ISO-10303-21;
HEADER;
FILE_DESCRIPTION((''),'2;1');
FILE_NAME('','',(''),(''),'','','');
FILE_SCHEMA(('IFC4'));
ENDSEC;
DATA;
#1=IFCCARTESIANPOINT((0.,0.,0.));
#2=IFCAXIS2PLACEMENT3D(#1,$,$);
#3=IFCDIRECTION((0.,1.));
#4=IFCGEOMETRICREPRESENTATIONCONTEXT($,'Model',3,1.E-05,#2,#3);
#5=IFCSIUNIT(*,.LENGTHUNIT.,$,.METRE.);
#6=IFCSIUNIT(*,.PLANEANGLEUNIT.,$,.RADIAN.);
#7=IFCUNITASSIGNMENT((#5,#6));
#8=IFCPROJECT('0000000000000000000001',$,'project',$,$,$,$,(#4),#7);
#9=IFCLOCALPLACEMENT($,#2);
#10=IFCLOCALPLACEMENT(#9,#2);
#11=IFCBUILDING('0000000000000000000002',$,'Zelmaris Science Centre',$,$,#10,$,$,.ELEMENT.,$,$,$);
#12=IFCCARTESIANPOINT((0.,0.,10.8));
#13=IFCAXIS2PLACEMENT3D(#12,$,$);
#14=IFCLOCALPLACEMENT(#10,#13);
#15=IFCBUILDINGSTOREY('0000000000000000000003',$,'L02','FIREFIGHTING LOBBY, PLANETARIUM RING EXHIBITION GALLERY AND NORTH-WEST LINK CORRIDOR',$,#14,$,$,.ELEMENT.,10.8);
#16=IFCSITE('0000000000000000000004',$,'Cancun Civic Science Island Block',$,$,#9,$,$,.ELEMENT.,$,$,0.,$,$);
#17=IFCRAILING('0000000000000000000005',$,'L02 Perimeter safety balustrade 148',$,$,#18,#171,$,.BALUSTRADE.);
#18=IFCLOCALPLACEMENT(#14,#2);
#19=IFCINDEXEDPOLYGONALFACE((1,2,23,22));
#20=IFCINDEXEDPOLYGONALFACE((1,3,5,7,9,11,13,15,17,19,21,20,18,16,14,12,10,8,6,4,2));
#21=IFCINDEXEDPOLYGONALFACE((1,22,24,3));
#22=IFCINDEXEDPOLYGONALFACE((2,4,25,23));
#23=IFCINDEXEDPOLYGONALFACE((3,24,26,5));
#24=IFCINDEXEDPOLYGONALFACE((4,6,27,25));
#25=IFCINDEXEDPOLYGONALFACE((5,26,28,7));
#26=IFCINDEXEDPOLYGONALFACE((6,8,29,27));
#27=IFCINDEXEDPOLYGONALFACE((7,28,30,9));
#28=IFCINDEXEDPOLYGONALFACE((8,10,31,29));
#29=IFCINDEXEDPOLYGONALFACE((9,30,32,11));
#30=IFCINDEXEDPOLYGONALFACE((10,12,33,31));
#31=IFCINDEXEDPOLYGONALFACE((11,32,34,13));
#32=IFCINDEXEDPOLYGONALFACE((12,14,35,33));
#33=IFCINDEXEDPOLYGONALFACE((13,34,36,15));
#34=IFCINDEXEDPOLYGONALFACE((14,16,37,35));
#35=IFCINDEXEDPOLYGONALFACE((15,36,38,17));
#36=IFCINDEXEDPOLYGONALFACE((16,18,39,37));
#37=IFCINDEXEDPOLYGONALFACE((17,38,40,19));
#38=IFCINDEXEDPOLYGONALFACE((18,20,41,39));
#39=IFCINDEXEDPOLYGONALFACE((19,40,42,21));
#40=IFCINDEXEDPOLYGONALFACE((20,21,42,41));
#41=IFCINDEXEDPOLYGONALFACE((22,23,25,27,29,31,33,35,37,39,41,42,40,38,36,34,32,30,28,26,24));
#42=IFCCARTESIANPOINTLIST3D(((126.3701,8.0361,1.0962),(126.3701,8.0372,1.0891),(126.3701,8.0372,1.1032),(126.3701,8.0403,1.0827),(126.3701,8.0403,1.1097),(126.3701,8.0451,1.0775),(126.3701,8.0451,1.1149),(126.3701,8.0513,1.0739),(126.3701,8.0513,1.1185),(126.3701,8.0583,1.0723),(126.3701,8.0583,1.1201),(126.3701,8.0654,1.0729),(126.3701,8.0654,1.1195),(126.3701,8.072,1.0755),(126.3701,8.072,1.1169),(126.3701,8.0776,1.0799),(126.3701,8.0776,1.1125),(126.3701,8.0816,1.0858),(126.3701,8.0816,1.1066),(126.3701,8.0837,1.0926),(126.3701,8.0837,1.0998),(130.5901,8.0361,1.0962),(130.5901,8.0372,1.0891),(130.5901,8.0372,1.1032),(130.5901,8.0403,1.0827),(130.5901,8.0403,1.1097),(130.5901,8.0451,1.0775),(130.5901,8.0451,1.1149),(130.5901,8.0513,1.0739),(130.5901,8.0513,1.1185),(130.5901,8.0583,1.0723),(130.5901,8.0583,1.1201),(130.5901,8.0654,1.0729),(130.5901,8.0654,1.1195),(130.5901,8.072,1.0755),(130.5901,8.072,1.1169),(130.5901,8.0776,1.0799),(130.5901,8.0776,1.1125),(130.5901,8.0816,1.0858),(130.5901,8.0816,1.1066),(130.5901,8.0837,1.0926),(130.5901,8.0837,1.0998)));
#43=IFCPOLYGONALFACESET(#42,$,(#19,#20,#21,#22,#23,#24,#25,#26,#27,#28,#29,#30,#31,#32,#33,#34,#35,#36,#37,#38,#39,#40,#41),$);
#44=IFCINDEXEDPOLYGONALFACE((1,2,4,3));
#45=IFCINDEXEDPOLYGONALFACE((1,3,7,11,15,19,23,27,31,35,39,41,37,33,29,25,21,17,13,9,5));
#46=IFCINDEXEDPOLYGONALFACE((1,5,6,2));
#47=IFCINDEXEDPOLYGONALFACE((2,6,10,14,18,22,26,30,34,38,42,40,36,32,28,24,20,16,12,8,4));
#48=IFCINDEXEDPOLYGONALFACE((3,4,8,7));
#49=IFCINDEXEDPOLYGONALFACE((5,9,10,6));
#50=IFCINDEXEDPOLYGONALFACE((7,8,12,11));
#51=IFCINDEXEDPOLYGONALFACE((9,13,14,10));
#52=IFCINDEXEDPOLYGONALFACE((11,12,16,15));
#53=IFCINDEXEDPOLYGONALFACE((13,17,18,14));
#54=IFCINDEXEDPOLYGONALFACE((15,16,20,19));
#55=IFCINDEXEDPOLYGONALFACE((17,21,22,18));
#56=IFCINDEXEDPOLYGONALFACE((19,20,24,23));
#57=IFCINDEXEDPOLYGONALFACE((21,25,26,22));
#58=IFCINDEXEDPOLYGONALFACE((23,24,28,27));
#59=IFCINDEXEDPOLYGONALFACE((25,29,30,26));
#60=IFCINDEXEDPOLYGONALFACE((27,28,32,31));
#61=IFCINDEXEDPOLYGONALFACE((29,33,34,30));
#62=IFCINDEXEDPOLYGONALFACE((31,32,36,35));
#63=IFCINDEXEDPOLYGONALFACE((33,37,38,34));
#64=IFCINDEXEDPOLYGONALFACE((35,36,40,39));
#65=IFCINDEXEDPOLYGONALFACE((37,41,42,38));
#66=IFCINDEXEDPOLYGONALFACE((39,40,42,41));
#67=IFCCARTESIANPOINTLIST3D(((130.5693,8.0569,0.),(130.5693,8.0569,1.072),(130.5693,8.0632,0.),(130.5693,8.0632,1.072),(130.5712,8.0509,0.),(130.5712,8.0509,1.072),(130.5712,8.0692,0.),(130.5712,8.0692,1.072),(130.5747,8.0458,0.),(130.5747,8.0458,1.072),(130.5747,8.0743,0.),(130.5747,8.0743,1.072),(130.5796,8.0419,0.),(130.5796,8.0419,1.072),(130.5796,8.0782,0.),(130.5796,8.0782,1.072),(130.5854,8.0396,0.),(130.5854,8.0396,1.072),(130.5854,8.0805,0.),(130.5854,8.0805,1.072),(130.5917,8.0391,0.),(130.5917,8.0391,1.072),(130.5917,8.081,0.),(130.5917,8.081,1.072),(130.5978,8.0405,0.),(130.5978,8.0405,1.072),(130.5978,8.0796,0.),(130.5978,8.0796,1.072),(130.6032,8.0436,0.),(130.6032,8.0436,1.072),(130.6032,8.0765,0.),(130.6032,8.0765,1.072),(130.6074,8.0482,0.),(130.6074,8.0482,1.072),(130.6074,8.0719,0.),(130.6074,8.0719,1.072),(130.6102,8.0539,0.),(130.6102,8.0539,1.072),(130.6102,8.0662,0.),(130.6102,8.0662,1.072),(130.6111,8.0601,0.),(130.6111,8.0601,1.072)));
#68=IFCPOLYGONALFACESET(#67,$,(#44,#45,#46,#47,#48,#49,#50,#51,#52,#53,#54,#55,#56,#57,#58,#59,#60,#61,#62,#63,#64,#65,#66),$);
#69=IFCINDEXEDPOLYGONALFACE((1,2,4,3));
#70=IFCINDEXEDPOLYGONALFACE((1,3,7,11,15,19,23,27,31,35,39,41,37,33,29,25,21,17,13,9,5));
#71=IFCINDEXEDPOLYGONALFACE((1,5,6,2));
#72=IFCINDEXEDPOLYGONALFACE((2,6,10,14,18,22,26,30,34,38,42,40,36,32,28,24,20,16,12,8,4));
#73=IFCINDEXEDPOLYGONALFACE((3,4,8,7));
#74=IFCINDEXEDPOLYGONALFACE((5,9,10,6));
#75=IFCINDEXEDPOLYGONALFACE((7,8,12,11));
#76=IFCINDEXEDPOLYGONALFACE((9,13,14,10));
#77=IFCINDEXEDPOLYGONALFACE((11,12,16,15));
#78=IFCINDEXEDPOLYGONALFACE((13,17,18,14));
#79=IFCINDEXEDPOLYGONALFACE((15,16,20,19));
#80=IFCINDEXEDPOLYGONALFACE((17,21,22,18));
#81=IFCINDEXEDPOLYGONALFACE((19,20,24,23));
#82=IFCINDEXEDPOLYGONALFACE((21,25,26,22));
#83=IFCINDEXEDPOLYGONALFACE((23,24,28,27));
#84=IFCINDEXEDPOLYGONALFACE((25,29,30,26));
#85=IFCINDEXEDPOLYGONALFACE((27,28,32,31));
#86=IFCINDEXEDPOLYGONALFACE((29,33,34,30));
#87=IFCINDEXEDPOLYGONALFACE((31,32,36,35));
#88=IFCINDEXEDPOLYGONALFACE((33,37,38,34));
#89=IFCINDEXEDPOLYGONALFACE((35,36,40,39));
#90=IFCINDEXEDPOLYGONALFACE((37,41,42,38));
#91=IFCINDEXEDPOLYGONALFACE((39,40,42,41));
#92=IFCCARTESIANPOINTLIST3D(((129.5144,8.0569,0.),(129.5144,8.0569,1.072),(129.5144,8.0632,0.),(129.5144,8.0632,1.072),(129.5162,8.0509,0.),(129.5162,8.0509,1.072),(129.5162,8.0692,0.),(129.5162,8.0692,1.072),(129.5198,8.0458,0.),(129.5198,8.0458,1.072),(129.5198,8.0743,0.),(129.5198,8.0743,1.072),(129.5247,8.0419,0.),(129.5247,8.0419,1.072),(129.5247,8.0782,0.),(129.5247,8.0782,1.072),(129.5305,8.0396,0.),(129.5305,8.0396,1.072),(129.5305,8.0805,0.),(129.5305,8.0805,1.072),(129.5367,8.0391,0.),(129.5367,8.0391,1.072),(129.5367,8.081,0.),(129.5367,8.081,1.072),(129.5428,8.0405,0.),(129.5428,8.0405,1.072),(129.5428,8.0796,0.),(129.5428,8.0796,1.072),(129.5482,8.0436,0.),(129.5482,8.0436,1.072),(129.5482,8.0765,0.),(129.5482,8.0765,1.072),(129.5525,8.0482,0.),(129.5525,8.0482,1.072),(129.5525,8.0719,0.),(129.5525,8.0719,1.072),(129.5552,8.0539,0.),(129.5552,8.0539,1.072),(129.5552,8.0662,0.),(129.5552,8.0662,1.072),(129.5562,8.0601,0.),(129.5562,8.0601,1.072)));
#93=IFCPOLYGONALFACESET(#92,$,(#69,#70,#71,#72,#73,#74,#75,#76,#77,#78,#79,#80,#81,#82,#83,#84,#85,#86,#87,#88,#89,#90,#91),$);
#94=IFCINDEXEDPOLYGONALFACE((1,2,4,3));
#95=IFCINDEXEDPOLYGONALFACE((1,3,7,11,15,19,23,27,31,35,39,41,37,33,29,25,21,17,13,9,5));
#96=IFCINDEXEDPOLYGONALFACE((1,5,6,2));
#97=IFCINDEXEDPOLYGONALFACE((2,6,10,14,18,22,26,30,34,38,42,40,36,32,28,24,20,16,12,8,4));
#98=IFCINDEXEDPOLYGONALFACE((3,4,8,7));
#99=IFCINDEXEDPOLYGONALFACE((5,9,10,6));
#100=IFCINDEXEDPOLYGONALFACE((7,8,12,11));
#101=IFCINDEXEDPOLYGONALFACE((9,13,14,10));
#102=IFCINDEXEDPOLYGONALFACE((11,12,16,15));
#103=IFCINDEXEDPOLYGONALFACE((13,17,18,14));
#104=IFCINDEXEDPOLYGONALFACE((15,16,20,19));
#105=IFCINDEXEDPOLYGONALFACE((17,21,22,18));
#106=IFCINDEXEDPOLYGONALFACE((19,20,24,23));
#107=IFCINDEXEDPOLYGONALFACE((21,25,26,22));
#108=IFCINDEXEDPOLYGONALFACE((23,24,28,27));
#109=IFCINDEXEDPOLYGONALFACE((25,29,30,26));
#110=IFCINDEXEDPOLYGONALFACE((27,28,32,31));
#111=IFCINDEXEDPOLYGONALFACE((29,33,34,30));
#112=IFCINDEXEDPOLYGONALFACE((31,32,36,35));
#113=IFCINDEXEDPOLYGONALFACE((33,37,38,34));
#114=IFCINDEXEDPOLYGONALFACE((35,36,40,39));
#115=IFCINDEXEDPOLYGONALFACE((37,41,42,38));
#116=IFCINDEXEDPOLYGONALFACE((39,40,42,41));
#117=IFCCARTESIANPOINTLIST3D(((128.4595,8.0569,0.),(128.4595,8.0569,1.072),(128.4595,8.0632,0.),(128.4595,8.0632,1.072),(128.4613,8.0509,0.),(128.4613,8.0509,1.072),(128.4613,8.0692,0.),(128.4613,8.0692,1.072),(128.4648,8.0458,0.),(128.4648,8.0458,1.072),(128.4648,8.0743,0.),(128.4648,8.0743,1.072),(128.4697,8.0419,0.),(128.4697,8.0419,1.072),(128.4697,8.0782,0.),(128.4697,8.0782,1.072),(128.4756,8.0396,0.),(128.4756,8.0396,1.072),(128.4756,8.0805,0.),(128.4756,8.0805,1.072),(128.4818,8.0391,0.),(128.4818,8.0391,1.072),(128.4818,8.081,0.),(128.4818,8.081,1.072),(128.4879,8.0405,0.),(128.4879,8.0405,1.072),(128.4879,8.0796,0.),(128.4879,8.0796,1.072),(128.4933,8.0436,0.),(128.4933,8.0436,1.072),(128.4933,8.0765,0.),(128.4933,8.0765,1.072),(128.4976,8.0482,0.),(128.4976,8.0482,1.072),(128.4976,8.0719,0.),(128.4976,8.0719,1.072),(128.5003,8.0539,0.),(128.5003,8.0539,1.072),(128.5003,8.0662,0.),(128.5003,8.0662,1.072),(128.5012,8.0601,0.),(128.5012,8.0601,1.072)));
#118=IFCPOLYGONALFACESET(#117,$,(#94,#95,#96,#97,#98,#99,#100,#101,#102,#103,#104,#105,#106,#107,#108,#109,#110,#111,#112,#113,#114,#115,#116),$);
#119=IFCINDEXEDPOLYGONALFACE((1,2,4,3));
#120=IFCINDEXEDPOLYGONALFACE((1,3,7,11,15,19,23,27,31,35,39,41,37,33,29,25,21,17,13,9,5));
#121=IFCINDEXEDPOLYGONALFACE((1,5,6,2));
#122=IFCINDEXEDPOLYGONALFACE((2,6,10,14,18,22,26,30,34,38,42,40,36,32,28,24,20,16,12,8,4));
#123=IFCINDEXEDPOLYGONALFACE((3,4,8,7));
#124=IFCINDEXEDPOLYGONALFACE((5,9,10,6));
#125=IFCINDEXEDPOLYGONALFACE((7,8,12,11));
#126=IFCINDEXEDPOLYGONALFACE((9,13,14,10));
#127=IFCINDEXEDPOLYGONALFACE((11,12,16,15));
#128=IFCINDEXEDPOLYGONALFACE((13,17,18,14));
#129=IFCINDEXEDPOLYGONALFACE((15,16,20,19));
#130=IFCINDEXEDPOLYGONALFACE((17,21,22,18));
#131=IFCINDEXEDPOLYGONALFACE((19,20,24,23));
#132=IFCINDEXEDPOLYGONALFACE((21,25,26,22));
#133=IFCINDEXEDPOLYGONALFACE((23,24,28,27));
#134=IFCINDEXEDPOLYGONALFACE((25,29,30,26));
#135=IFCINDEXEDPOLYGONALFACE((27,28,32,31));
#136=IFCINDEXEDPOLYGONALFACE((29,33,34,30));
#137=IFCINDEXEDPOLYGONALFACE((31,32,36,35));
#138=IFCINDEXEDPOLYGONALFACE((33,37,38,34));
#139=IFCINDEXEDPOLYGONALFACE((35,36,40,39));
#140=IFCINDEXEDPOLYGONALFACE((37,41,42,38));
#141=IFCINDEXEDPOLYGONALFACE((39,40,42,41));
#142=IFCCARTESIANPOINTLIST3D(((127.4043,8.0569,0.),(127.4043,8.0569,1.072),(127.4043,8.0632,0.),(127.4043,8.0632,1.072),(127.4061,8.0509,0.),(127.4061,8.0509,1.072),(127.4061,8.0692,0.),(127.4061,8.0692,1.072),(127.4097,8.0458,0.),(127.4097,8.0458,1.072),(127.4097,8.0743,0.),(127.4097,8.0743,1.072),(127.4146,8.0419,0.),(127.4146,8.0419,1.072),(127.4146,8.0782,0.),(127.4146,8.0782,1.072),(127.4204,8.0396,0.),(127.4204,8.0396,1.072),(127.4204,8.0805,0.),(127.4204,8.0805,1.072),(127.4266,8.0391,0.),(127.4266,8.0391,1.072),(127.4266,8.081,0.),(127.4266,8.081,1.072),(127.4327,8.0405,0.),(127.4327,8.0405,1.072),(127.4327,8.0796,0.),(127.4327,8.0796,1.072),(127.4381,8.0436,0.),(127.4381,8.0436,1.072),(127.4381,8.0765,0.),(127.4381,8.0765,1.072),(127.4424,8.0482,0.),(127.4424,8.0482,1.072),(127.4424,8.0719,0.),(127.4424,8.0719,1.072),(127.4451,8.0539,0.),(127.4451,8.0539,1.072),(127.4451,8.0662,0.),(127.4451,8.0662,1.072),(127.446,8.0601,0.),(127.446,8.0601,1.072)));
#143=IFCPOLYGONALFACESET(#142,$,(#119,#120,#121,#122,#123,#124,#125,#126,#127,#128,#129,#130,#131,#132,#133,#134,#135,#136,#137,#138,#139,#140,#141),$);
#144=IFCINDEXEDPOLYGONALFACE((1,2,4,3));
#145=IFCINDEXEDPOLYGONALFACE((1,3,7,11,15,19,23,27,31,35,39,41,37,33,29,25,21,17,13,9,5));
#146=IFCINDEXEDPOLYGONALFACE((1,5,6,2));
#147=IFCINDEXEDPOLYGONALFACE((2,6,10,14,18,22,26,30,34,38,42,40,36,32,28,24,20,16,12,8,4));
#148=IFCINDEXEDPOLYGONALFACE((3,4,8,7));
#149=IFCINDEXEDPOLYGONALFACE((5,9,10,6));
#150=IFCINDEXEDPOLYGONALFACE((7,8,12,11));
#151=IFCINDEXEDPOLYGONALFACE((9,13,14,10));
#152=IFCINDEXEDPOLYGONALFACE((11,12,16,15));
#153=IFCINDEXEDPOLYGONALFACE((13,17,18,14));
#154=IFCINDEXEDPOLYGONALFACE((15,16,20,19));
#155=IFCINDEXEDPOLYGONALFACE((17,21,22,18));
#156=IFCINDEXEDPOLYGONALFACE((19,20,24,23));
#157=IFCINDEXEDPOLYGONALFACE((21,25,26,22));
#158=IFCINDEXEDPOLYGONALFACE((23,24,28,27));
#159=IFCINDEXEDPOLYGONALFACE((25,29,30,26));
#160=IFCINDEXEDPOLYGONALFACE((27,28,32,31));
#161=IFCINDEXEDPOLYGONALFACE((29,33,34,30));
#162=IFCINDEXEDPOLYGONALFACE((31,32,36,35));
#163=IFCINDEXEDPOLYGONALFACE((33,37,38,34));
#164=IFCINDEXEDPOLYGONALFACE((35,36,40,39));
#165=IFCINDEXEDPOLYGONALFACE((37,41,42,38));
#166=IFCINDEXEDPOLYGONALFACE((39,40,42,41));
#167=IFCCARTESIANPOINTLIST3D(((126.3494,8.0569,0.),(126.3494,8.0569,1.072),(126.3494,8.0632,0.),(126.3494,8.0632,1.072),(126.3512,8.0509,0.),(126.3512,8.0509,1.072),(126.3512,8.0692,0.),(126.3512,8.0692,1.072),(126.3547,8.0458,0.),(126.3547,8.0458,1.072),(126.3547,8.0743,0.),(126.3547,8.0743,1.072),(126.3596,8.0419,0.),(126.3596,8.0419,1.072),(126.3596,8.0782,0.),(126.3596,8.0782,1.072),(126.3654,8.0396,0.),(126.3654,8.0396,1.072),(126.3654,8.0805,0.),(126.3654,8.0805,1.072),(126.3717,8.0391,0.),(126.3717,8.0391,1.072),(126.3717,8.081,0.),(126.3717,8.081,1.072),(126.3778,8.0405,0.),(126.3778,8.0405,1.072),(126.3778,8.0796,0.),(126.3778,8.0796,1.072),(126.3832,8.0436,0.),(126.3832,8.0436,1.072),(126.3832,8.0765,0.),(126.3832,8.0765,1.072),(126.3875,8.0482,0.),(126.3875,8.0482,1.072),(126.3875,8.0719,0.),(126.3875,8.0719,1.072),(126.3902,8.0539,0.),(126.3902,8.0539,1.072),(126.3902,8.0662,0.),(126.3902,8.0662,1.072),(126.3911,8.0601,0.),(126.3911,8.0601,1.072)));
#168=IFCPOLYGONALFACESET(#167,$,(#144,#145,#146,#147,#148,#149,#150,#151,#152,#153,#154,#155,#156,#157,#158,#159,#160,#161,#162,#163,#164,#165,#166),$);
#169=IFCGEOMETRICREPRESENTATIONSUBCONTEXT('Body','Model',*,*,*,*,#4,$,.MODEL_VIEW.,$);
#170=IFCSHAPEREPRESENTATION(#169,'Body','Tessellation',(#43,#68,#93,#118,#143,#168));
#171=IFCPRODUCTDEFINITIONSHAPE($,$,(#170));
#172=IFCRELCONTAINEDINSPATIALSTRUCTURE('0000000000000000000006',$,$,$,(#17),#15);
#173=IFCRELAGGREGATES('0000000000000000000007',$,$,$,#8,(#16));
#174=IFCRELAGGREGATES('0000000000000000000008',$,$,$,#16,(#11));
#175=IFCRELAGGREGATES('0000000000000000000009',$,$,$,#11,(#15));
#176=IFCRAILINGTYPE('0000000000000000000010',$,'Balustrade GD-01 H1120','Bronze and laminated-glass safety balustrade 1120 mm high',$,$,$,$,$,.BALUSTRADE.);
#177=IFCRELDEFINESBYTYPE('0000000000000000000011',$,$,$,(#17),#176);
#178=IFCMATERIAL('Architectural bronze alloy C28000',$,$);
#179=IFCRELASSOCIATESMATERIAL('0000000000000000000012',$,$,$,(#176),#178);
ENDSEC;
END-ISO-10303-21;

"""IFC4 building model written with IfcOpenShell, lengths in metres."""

from ifc_helpers import new_model, si_unit, direction, frame, origin, origin_2d, place, context, subcontext, project, spatial, circle, extrude, material, type_object, element, save


model = new_model("IFC4")

# Units and contexts
model_context = context("Model", 3, precision=1e-05, world=origin(), true_north=direction((0.0, 1.0)))
body_context = subcontext(model_context, "Body", "Model", "MODEL_VIEW")
ifc_project = project(units=[si_unit("LENGTHUNIT", "METRE"), si_unit("PLANEANGLEUNIT", "RADIAN")], contexts=[model_context])

# Site, building, storey
site_placement = place(None, origin())
site = spatial("IfcSite", under=ifc_project, at=site_placement, Name="Cancun Civic Science Island Block", CompositionType="ELEMENT", RefElevation=0.0)
building_placement = place(site_placement, origin())
building = spatial("IfcBuilding", under=site, at=building_placement, Name="Zelmaris Science Centre", CompositionType="ELEMENT")
storey_placement = place(building_placement, frame((0.0, 0.0, 10.8)))
storey = spatial("IfcBuildingStorey", under=building, at=storey_placement, Name="L02", Description="FIREFIGHTING LOBBY, PLANETARIUM RING EXHIBITION GALLERY AND NORTH-WEST LINK CORRIDOR", CompositionType="ELEMENT", Elevation=10.8)

# Railing
ifc_material_1 = material(Name="Architectural bronze alloy C28000")
railing_type = type_object("IfcRailingType", Name="Balustrade GD-01 H1120", Description="Bronze and laminated-glass safety balustrade 1120 mm high", PredefinedType="BALUSTRADE", material=ifc_material_1)
railing_placement = place(storey_placement, frame((130.5901, 8.0601, 0.0)))
element("IfcRailing", 1, at=railing_placement, inside=storey, type_object=railing_type, Name="L02 Perimeter safety balustrade 148", PredefinedType="BALUSTRADE", context=body_context, shape_type="SweptSolid", body=[
    extrude(circle(Radius=0.0239, at=origin_2d()), frame((0.0, 0.0, 1.0962), z_axis=(-1.0, 0.0, 0.0), x_axis=(0.0, -1.0, 0.0)), (0.0, 0.0, 1.0), 4.22),
    extrude(circle(Radius=0.021, at=origin_2d()), origin(), (0.0, 0.0, 1.0), 1.072),
    extrude(circle(Radius=0.021, at=origin_2d()), frame((-1.0549, 0.0, 0.0)), (0.0, 0.0, 1.0), 1.072),
    extrude(circle(Radius=0.021, at=origin_2d()), frame((-2.1099, 0.0, 0.0)), (0.0, 0.0, 1.0), 1.072),
    extrude(circle(Radius=0.021, at=origin_2d()), frame((-3.165, 0.0, 0.0)), (0.0, 0.0, 1.0), 1.072),
    extrude(circle(Radius=0.021, at=origin_2d()), frame((-4.22, 0.0, 0.0)), (0.0, 0.0, 1.0), 1.072),
])

save(model, "model.ifc")
